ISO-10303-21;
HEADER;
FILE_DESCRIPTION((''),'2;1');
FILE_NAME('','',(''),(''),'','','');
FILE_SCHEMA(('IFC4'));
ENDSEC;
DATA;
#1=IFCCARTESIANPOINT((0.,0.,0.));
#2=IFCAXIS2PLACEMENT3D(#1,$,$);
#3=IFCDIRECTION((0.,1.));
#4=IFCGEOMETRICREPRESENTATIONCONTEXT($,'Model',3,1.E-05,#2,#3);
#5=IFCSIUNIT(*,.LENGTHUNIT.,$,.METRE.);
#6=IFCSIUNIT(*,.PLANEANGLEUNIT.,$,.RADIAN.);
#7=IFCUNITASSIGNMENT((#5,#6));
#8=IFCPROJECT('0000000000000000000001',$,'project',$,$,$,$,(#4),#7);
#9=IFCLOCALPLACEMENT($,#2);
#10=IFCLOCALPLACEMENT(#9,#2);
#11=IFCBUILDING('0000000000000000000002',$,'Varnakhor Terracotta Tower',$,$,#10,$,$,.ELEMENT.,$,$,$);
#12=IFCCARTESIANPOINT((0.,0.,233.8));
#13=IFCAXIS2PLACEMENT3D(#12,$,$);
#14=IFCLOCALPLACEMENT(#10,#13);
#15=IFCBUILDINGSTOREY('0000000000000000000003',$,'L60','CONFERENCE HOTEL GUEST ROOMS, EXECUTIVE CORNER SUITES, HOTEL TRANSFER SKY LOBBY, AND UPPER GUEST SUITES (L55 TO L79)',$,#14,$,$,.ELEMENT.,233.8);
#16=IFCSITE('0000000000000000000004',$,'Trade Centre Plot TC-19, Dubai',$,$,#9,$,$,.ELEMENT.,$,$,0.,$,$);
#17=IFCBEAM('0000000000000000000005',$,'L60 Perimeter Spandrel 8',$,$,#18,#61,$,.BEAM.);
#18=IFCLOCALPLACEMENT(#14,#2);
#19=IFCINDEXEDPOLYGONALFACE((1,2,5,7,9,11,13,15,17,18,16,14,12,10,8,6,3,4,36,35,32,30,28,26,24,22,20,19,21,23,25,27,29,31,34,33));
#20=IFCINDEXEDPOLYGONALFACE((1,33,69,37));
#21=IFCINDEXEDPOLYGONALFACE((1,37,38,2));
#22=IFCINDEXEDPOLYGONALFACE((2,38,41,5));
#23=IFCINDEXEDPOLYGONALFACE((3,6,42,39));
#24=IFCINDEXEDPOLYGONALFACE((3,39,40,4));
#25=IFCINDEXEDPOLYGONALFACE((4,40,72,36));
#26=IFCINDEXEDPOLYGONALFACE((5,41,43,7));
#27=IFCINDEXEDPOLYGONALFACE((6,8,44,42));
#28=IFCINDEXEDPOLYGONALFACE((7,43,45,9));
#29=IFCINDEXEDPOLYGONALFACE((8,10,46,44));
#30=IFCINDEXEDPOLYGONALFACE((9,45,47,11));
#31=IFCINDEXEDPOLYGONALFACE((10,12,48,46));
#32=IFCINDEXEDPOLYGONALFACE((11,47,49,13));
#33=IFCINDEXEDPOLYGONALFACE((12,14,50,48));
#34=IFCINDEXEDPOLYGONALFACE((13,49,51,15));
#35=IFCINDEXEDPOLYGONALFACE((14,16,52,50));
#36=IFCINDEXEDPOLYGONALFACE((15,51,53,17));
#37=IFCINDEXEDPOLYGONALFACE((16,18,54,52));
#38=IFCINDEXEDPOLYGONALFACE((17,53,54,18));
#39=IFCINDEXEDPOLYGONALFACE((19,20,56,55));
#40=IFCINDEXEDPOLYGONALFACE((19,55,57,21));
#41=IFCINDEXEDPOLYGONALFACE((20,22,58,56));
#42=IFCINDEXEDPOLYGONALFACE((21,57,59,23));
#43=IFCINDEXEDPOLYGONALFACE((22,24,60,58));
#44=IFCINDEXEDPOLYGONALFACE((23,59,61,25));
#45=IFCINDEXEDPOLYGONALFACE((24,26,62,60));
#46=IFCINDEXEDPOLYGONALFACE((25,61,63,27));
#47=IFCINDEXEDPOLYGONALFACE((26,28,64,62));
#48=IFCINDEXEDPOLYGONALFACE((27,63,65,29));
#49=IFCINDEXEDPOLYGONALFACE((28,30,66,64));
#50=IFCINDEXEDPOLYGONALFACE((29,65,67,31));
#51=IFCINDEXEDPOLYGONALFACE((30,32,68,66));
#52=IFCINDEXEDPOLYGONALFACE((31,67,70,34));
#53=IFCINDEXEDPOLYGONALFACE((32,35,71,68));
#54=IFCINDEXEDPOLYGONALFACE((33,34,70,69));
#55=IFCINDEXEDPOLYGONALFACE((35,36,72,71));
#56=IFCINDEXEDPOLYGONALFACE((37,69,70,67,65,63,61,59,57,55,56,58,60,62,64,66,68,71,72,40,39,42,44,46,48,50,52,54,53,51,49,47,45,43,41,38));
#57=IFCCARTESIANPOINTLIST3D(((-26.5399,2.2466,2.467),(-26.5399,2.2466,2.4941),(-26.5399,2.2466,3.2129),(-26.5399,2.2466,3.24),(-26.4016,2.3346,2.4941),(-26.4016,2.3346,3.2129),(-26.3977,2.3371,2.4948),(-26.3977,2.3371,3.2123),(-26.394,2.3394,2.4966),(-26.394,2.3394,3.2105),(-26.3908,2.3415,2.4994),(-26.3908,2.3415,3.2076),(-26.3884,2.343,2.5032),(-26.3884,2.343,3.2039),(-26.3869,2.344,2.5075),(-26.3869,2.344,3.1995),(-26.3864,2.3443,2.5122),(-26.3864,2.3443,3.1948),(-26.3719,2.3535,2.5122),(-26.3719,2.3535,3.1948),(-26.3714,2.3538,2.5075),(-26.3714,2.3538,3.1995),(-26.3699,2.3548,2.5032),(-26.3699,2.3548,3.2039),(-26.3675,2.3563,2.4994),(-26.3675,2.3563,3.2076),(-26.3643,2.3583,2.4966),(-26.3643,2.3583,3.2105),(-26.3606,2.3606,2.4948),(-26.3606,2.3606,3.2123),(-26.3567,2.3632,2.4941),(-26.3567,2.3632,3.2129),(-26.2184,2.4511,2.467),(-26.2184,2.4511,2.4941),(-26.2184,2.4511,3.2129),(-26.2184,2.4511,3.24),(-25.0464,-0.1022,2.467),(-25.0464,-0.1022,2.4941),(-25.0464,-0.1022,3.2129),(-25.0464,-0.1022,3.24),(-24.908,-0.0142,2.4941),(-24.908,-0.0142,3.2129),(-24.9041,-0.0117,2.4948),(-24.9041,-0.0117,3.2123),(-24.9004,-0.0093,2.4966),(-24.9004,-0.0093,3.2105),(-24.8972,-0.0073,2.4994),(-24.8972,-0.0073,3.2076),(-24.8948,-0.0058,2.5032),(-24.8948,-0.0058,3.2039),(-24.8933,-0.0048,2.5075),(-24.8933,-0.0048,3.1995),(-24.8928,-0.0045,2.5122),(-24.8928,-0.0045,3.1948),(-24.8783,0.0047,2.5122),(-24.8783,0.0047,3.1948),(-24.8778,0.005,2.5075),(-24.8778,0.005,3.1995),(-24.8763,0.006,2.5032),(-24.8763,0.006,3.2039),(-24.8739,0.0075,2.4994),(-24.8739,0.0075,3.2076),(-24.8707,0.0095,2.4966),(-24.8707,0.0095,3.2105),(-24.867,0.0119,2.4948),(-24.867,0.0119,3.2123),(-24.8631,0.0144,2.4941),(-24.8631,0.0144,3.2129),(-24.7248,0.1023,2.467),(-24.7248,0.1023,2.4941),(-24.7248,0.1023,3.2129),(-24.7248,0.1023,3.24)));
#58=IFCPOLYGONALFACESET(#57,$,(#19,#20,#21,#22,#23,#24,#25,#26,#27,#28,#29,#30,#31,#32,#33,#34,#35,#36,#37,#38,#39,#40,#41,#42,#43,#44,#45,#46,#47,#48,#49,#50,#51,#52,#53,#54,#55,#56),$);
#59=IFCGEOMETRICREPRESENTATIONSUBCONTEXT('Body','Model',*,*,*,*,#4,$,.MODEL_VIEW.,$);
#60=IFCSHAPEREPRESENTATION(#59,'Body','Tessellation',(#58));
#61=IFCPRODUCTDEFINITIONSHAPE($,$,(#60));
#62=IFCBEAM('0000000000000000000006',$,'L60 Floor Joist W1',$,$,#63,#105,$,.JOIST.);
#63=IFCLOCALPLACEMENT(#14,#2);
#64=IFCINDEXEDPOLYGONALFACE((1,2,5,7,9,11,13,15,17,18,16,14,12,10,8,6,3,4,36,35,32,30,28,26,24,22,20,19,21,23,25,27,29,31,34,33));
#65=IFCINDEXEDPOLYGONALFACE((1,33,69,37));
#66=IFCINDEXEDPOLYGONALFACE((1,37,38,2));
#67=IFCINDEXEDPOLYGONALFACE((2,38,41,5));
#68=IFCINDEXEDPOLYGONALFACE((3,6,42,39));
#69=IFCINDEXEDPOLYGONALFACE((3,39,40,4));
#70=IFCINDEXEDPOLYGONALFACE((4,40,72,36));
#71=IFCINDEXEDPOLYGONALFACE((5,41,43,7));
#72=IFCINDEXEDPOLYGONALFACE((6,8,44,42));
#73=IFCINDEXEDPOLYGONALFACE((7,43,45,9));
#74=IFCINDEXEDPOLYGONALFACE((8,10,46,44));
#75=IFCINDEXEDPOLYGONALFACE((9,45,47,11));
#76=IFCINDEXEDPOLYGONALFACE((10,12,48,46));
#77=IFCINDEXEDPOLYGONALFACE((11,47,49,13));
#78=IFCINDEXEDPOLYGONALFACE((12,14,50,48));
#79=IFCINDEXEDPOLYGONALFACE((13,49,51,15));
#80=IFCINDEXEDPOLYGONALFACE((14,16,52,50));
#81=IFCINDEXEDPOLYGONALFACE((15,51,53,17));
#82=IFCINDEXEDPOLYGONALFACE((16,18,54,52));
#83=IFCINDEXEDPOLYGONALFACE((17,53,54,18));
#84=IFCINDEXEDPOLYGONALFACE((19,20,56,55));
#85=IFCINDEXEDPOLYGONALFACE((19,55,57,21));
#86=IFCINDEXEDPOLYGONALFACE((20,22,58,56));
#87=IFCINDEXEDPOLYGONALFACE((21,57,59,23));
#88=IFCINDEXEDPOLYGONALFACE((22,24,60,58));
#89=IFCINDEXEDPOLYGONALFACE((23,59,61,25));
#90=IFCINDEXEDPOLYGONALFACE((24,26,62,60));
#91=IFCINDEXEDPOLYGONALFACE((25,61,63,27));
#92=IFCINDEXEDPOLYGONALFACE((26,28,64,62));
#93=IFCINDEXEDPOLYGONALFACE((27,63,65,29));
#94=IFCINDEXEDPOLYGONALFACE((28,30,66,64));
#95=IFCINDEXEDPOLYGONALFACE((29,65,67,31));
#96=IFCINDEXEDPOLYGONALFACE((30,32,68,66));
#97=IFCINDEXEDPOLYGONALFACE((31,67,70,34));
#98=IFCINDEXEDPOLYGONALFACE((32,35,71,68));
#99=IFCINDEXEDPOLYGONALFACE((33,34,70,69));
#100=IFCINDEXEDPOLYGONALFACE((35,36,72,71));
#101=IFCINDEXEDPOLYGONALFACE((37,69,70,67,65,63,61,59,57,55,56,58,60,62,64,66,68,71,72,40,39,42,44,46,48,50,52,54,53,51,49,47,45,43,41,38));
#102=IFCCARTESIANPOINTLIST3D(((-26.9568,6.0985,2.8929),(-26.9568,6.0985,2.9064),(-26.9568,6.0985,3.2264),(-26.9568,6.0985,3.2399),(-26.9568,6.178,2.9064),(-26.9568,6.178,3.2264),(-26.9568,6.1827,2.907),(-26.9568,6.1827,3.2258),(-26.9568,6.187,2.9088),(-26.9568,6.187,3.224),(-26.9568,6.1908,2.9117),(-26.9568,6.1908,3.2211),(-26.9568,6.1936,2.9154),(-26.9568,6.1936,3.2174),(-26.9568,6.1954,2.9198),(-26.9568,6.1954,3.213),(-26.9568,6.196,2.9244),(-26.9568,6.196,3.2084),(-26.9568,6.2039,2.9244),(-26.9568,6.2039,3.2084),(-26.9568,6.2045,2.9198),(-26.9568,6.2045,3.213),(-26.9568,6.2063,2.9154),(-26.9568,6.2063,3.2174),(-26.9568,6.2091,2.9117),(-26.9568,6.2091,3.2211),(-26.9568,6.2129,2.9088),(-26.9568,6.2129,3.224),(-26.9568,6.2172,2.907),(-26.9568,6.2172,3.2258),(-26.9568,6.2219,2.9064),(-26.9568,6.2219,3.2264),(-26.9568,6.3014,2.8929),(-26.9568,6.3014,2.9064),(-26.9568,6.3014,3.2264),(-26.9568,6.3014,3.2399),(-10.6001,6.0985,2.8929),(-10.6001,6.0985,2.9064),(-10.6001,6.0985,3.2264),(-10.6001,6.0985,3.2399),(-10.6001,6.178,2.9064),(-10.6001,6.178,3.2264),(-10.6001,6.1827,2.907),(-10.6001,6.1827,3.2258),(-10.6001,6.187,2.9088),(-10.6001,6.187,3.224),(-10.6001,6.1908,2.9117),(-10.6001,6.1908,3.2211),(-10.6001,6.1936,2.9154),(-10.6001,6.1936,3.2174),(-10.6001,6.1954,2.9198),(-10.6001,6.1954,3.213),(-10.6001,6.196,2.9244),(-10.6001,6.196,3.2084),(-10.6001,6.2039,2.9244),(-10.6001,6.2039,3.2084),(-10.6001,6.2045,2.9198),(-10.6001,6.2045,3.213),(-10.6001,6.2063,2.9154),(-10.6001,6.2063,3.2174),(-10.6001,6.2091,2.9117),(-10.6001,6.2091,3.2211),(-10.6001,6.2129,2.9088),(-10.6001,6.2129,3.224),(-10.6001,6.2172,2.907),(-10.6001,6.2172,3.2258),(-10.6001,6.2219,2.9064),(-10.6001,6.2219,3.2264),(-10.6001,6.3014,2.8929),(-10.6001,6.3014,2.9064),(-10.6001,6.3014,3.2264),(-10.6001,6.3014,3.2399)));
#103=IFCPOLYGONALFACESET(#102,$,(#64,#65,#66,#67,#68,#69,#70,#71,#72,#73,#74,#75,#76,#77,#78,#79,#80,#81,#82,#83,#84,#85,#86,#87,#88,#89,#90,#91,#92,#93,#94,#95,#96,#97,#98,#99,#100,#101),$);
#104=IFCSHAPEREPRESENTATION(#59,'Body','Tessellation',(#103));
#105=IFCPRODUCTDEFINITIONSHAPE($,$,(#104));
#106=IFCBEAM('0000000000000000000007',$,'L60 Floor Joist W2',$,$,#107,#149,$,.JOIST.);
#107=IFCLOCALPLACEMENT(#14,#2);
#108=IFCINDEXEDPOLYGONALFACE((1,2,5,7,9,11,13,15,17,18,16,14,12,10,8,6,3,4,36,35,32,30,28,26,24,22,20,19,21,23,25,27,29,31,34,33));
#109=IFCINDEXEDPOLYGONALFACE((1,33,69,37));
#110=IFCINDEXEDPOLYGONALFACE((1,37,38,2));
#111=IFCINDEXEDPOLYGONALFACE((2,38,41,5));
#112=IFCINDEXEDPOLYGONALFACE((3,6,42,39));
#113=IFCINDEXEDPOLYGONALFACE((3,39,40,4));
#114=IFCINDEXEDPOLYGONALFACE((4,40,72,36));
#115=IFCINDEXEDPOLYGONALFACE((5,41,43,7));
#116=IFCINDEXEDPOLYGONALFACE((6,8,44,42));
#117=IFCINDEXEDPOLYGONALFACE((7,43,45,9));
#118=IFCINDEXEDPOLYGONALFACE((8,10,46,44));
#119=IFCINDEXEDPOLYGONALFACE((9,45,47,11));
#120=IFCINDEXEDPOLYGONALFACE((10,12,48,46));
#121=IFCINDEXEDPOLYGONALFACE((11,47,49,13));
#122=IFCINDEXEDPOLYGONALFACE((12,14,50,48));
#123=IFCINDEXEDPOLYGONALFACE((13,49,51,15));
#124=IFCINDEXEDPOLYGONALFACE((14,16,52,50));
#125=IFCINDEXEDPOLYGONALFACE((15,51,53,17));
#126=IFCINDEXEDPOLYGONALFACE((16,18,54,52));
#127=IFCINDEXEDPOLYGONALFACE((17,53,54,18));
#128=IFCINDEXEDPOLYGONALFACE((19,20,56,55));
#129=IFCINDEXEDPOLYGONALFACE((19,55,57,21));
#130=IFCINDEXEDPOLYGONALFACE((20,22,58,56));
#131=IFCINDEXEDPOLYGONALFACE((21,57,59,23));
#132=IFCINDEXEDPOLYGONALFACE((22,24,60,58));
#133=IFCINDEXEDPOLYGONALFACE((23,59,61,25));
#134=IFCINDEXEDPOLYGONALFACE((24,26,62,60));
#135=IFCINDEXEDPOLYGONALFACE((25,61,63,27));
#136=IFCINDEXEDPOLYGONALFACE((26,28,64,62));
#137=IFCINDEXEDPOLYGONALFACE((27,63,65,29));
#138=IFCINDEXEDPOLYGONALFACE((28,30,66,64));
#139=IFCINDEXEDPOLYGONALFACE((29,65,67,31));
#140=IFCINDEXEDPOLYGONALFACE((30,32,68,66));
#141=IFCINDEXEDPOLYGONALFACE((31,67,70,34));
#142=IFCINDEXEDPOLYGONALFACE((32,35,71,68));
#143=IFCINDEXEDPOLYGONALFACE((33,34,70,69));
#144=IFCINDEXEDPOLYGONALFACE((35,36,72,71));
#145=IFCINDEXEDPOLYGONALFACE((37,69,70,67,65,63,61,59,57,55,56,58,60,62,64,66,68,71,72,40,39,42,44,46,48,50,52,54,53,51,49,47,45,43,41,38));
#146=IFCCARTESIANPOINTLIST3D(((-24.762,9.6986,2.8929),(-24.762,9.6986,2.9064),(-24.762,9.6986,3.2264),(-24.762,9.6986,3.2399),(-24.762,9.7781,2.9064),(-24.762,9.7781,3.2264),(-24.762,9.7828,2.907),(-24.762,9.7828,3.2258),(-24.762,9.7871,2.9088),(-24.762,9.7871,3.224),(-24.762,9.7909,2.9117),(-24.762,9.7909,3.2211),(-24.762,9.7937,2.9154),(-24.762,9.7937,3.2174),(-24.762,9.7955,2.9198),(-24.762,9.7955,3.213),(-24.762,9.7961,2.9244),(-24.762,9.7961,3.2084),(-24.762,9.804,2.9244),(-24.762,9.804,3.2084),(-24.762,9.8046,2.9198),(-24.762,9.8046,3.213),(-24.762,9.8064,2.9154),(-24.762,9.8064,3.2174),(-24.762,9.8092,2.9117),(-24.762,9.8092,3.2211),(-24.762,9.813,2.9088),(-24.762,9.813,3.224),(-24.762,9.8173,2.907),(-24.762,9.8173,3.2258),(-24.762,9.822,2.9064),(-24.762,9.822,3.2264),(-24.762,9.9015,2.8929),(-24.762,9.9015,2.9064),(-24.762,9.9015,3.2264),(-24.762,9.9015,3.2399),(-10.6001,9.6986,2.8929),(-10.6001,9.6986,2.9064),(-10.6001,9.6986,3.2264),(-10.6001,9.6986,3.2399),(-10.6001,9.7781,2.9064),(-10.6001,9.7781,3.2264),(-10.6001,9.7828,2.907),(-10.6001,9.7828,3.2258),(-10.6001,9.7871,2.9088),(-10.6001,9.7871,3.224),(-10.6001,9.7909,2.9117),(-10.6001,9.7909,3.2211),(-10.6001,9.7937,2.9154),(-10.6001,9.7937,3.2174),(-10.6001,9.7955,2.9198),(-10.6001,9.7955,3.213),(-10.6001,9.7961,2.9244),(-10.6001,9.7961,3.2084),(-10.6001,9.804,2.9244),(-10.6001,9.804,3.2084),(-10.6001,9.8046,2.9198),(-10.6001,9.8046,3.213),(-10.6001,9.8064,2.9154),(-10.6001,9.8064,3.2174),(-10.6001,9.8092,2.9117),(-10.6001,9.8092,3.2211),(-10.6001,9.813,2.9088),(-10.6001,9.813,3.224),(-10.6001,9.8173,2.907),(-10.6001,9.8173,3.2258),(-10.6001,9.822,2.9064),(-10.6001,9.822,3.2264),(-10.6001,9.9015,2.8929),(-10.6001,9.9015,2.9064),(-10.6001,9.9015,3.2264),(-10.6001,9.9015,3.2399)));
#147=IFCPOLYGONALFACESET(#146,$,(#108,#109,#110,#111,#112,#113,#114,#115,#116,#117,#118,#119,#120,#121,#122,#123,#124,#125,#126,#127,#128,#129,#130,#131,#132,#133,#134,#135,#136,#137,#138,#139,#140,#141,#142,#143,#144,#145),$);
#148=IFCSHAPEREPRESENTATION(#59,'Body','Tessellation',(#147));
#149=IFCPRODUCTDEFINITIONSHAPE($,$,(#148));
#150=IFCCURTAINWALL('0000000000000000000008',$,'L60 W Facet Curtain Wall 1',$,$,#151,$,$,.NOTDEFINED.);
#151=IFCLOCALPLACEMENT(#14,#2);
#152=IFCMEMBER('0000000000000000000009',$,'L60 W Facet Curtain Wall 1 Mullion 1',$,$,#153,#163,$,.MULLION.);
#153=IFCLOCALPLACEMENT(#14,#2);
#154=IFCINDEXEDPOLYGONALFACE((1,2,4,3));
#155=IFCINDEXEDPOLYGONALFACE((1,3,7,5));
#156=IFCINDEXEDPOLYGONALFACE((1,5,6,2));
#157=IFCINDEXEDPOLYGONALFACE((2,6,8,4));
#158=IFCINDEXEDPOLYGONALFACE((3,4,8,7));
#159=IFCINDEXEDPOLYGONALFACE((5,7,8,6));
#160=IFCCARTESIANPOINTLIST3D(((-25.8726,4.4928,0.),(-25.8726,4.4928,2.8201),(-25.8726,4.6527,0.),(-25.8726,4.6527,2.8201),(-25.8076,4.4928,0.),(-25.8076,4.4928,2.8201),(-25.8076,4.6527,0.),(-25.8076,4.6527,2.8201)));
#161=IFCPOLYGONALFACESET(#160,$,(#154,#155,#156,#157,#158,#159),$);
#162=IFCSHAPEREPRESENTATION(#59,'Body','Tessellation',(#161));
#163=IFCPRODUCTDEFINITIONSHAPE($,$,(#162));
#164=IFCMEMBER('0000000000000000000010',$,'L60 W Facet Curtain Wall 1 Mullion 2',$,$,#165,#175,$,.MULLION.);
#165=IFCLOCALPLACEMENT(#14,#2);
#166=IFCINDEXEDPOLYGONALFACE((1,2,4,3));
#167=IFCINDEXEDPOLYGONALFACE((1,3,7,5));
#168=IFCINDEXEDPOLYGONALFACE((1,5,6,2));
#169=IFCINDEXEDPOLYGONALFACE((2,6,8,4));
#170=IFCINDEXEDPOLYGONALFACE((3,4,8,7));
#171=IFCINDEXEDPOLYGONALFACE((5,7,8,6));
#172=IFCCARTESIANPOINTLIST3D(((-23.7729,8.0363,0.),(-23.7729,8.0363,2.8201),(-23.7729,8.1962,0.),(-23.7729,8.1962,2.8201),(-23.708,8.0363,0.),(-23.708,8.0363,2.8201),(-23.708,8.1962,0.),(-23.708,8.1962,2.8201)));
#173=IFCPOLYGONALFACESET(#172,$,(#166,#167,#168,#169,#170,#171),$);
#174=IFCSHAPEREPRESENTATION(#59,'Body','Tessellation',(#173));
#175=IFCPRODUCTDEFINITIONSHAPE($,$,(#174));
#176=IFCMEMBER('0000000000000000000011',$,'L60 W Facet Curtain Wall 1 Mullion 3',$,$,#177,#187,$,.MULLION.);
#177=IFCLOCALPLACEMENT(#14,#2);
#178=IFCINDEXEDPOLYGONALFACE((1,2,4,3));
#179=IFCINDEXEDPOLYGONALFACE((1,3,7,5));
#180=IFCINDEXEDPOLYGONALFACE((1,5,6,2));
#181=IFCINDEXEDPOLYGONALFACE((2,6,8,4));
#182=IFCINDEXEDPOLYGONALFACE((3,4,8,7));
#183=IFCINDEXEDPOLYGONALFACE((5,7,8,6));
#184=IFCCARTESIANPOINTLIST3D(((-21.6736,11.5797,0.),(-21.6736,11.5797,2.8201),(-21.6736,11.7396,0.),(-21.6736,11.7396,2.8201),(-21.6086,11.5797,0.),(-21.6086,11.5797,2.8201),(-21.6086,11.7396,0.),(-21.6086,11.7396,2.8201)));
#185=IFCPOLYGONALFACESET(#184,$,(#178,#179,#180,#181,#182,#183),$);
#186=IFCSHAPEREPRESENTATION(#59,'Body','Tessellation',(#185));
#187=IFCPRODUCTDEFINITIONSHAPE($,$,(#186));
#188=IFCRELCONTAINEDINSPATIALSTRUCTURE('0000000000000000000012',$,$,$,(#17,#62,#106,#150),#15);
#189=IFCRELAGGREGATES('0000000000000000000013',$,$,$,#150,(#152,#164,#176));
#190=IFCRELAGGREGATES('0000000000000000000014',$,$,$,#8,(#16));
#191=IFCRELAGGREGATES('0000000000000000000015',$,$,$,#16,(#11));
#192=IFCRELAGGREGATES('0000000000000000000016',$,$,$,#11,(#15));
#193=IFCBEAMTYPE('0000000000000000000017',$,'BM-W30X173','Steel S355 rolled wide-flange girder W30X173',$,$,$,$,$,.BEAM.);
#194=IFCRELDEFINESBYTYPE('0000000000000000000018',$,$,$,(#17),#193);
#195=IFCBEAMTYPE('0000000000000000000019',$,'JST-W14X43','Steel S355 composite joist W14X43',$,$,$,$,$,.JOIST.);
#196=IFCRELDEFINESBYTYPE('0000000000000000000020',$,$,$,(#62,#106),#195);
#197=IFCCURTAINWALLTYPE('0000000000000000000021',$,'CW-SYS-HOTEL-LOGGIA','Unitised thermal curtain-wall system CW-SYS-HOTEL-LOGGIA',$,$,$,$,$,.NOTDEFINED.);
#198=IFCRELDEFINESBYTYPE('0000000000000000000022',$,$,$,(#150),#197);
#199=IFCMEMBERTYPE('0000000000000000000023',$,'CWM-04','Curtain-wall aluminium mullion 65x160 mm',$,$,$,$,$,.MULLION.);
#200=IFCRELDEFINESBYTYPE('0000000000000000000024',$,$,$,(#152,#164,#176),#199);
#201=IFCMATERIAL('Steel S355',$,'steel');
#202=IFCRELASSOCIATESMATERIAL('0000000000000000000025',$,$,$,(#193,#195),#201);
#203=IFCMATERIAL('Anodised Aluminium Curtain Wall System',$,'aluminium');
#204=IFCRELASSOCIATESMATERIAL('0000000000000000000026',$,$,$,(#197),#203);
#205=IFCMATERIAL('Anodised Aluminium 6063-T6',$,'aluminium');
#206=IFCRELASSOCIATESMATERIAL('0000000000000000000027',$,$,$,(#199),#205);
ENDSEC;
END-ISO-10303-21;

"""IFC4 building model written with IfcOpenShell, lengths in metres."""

from ifc_helpers import new_model, si_unit, direction, frame, origin, origin_2d, place, context, subcontext, project, spatial, rectangle, i_section, extrude, source, transform, mapped, material, material_profile, profile_set, type_object, type_shapes, element, aggregate, save


model = new_model("IFC4")

# Units and contexts
model_context = context("Model", 3, precision=1e-05, world=origin(), true_north=direction((0.0, 1.0)))
body_context = subcontext(model_context, "Body", "Model", "MODEL_VIEW")
ifc_project = project(units=[si_unit("LENGTHUNIT", "METRE"), si_unit("PLANEANGLEUNIT", "RADIAN")], contexts=[model_context])

# Site, building, storey
site_placement = place(None, origin())
site = spatial("IfcSite", under=ifc_project, at=site_placement, Name="Trade Centre Plot TC-19, Dubai", CompositionType="ELEMENT", RefElevation=0.0)
building_placement = place(site_placement, origin())
building = spatial("IfcBuilding", under=site, at=building_placement, Name="Varnakhor Terracotta Tower", CompositionType="ELEMENT")
storey_placement = place(building_placement, frame((0.0, 0.0, 233.8)))
storey = spatial("IfcBuildingStorey", under=building, at=storey_placement, Name="L60", Description="CONFERENCE HOTEL GUEST ROOMS, EXECUTIVE CORNER SUITES, HOTEL TRANSFER SKY LOBBY, AND UPPER GUEST SUITES (L55 TO L79)", CompositionType="ELEMENT", Elevation=233.8)

# Beams
ifc_material_1 = material(Name="Steel S355", Category="steel")
ifc_material_profile_1 = material_profile(ifc_material_1, i_section(OverallWidth=0.3811, OverallDepth=0.7729, WebThickness=0.0171, FlangeThickness=0.0271, FilletRadius=0.0181, at=origin_2d()), Name="W30X173")
ifc_profile_set_1 = profile_set([ifc_material_profile_1], Name="Steel S355")
beam_type_1 = type_object("IfcBeamType", Name="BM-W30X173", Description="Steel S355 rolled wide-flange girder W30X173", PredefinedType="BEAM", material=ifc_profile_set_1)
shared_shape_1 = source(origin(), body_context, "Body", "SweptSolid", [
    extrude(i_section(OverallWidth=0.3811, OverallDepth=0.7729, WebThickness=0.0171, FlangeThickness=0.0271, FilletRadius=0.0181, at=origin_2d()), origin(), (0.0, 0.0, 1.0), 2.7834),
])
for number, where, z_axis, x_axis, name in (
    (1, (-26.3792, 2.3489, 2.8535), (0.536597, -0.843838, 0.0), (0.843838, 0.536597, 0.0), "L60 Perimeter Spandrel 8"),
):
    element("IfcBeam", number, at=place(storey_placement, frame(where, z_axis=z_axis, x_axis=x_axis)), inside=storey, type_object=beam_type_1, Name=name, PredefinedType="BEAM", context=body_context, shape_type="MappedRepresentation", body=[
        mapped(shared_shape_1, transform((0.0, 0.0, 0.0), scale=1.0)),
    ])
ifc_material_profile_2 = material_profile(ifc_material_1, i_section(OverallWidth=0.2029, OverallDepth=0.3469, WebThickness=0.0078, FlangeThickness=0.0134, FilletRadius=0.0181, at=origin_2d()), Name="W14X43")
ifc_profile_set_2 = profile_set([ifc_material_profile_2], Name="Steel S355")
beam_type_2 = type_object("IfcBeamType", Name="JST-W14X43", Description="Steel S355 composite joist W14X43", PredefinedType="JOIST", material=ifc_profile_set_2)
shared_shape_2 = source(origin(), body_context, "Body", "SweptSolid", [
    extrude(i_section(OverallWidth=0.2029, OverallDepth=0.3469, WebThickness=0.0078, FlangeThickness=0.0134, FilletRadius=0.0181, at=origin_2d()), origin(), (0.0, 0.0, 1.0), 16.3567),
])
beam_1_placement = place(storey_placement, frame((-26.9568, 6.2, 3.0664), z_axis=(1.0, 0.0, 0.0), x_axis=(0.0, 1.0, 0.0)))
element("IfcBeam", 2, at=beam_1_placement, inside=storey, type_object=beam_type_2, Name="L60 Floor Joist W1", PredefinedType="JOIST", context=body_context, shape_type="MappedRepresentation", body=[
    mapped(shared_shape_2, transform((0.0, 0.0, 0.0), scale=1.0)),
])
shared_shape_3 = source(origin(), body_context, "Body", "SweptSolid", [
    extrude(i_section(OverallWidth=0.2029, OverallDepth=0.3469, WebThickness=0.0078, FlangeThickness=0.0134, FilletRadius=0.0181, at=origin_2d()), origin(), (0.0, 0.0, 1.0), 14.1619),
])
beam_2_placement = place(storey_placement, frame((-24.762, 9.8, 3.0664), z_axis=(1.0, 0.0, 0.0), x_axis=(0.0, 1.0, 0.0)))
element("IfcBeam", 3, at=beam_2_placement, inside=storey, type_object=beam_type_2, Name="L60 Floor Joist W2", PredefinedType="JOIST", context=body_context, shape_type="MappedRepresentation", body=[
    mapped(shared_shape_3, transform((0.0, 0.0, 0.0), scale=1.0)),
])

# Curtain wall, members
ifc_material_2 = material(Name="Anodised Aluminium Curtain Wall System", Category="aluminium")
curtain_wall_type = type_object("IfcCurtainWallType", Name="CW-SYS-HOTEL-LOGGIA", Description="Unitised thermal curtain-wall system CW-SYS-HOTEL-LOGGIA", PredefinedType="NOTDEFINED", material=ifc_material_2)
curtain_wall_1_placement = place(storey_placement, origin())
curtain_wall_1 = element("IfcCurtainWall", 4, at=curtain_wall_1_placement, inside=storey, type_object=curtain_wall_type, Name="L60 W Facet Curtain Wall 1", PredefinedType="NOTDEFINED")
ifc_material_3 = material(Name="Anodised Aluminium 6063-T6", Category="aluminium")
ifc_material_profile_3 = material_profile(ifc_material_3, rectangle(XDim=0.0649, YDim=0.1599, at=origin_2d()), Name="ALU MULLION 65x160")
ifc_profile_set_3 = profile_set([ifc_material_profile_3], Name="Anodised Aluminium 6063-T6")
member_type_1 = type_object("IfcMemberType", Name="CWM-04", Description="Curtain-wall aluminium mullion 65x160 mm", PredefinedType="MULLION", material=ifc_profile_set_3)
shared_shape_4 = source(origin(), body_context, "Body", "SweptSolid", [
    extrude(rectangle(XDim=0.0649, YDim=0.1599, at=origin_2d()), origin(), (0.0, 0.0, 1.0), 2.8201),
])
type_shapes(member_type_1, [shared_shape_4])
member_1_placement = place(storey_placement, frame((-25.8401, 4.5728, 0.0), z_axis=(0.0, 0.0, 1.0), x_axis=(1.0, 0.0, 0.0)))
member_1 = element("IfcMember", 5, at=member_1_placement, type_object=member_type_1, Name="L60 W Facet Curtain Wall 1 Mullion 1", PredefinedType="MULLION", context=body_context, shape_type="MappedRepresentation", body=[
    mapped(shared_shape_4, transform((0.0, 0.0, 0.0), scale=1.0)),
])
member_2_placement = place(storey_placement, frame((-23.7405, 8.1162, 0.0), z_axis=(0.0, 0.0, 1.0), x_axis=(1.0, 0.0, 0.0)))
member_2 = element("IfcMember", 6, at=member_2_placement, type_object=member_type_1, Name="L60 W Facet Curtain Wall 1 Mullion 2", PredefinedType="MULLION", context=body_context, shape_type="MappedRepresentation", body=[
    mapped(shared_shape_4, transform((0.0, 0.0, 0.0), scale=1.0)),
])
member_3_placement = place(storey_placement, frame((-21.6411, 11.6597, 0.0), z_axis=(0.0, 0.0, 1.0), x_axis=(1.0, 0.0, 0.0)))
member_3 = element("IfcMember", 7, at=member_3_placement, type_object=member_type_1, Name="L60 W Facet Curtain Wall 1 Mullion 3", PredefinedType="MULLION", context=body_context, shape_type="MappedRepresentation", body=[
    mapped(shared_shape_4, transform((0.0, 0.0, 0.0), scale=1.0)),
])

aggregate(curtain_wall_1, [member_1, member_2, member_3])

save(model, "model.ifc")
